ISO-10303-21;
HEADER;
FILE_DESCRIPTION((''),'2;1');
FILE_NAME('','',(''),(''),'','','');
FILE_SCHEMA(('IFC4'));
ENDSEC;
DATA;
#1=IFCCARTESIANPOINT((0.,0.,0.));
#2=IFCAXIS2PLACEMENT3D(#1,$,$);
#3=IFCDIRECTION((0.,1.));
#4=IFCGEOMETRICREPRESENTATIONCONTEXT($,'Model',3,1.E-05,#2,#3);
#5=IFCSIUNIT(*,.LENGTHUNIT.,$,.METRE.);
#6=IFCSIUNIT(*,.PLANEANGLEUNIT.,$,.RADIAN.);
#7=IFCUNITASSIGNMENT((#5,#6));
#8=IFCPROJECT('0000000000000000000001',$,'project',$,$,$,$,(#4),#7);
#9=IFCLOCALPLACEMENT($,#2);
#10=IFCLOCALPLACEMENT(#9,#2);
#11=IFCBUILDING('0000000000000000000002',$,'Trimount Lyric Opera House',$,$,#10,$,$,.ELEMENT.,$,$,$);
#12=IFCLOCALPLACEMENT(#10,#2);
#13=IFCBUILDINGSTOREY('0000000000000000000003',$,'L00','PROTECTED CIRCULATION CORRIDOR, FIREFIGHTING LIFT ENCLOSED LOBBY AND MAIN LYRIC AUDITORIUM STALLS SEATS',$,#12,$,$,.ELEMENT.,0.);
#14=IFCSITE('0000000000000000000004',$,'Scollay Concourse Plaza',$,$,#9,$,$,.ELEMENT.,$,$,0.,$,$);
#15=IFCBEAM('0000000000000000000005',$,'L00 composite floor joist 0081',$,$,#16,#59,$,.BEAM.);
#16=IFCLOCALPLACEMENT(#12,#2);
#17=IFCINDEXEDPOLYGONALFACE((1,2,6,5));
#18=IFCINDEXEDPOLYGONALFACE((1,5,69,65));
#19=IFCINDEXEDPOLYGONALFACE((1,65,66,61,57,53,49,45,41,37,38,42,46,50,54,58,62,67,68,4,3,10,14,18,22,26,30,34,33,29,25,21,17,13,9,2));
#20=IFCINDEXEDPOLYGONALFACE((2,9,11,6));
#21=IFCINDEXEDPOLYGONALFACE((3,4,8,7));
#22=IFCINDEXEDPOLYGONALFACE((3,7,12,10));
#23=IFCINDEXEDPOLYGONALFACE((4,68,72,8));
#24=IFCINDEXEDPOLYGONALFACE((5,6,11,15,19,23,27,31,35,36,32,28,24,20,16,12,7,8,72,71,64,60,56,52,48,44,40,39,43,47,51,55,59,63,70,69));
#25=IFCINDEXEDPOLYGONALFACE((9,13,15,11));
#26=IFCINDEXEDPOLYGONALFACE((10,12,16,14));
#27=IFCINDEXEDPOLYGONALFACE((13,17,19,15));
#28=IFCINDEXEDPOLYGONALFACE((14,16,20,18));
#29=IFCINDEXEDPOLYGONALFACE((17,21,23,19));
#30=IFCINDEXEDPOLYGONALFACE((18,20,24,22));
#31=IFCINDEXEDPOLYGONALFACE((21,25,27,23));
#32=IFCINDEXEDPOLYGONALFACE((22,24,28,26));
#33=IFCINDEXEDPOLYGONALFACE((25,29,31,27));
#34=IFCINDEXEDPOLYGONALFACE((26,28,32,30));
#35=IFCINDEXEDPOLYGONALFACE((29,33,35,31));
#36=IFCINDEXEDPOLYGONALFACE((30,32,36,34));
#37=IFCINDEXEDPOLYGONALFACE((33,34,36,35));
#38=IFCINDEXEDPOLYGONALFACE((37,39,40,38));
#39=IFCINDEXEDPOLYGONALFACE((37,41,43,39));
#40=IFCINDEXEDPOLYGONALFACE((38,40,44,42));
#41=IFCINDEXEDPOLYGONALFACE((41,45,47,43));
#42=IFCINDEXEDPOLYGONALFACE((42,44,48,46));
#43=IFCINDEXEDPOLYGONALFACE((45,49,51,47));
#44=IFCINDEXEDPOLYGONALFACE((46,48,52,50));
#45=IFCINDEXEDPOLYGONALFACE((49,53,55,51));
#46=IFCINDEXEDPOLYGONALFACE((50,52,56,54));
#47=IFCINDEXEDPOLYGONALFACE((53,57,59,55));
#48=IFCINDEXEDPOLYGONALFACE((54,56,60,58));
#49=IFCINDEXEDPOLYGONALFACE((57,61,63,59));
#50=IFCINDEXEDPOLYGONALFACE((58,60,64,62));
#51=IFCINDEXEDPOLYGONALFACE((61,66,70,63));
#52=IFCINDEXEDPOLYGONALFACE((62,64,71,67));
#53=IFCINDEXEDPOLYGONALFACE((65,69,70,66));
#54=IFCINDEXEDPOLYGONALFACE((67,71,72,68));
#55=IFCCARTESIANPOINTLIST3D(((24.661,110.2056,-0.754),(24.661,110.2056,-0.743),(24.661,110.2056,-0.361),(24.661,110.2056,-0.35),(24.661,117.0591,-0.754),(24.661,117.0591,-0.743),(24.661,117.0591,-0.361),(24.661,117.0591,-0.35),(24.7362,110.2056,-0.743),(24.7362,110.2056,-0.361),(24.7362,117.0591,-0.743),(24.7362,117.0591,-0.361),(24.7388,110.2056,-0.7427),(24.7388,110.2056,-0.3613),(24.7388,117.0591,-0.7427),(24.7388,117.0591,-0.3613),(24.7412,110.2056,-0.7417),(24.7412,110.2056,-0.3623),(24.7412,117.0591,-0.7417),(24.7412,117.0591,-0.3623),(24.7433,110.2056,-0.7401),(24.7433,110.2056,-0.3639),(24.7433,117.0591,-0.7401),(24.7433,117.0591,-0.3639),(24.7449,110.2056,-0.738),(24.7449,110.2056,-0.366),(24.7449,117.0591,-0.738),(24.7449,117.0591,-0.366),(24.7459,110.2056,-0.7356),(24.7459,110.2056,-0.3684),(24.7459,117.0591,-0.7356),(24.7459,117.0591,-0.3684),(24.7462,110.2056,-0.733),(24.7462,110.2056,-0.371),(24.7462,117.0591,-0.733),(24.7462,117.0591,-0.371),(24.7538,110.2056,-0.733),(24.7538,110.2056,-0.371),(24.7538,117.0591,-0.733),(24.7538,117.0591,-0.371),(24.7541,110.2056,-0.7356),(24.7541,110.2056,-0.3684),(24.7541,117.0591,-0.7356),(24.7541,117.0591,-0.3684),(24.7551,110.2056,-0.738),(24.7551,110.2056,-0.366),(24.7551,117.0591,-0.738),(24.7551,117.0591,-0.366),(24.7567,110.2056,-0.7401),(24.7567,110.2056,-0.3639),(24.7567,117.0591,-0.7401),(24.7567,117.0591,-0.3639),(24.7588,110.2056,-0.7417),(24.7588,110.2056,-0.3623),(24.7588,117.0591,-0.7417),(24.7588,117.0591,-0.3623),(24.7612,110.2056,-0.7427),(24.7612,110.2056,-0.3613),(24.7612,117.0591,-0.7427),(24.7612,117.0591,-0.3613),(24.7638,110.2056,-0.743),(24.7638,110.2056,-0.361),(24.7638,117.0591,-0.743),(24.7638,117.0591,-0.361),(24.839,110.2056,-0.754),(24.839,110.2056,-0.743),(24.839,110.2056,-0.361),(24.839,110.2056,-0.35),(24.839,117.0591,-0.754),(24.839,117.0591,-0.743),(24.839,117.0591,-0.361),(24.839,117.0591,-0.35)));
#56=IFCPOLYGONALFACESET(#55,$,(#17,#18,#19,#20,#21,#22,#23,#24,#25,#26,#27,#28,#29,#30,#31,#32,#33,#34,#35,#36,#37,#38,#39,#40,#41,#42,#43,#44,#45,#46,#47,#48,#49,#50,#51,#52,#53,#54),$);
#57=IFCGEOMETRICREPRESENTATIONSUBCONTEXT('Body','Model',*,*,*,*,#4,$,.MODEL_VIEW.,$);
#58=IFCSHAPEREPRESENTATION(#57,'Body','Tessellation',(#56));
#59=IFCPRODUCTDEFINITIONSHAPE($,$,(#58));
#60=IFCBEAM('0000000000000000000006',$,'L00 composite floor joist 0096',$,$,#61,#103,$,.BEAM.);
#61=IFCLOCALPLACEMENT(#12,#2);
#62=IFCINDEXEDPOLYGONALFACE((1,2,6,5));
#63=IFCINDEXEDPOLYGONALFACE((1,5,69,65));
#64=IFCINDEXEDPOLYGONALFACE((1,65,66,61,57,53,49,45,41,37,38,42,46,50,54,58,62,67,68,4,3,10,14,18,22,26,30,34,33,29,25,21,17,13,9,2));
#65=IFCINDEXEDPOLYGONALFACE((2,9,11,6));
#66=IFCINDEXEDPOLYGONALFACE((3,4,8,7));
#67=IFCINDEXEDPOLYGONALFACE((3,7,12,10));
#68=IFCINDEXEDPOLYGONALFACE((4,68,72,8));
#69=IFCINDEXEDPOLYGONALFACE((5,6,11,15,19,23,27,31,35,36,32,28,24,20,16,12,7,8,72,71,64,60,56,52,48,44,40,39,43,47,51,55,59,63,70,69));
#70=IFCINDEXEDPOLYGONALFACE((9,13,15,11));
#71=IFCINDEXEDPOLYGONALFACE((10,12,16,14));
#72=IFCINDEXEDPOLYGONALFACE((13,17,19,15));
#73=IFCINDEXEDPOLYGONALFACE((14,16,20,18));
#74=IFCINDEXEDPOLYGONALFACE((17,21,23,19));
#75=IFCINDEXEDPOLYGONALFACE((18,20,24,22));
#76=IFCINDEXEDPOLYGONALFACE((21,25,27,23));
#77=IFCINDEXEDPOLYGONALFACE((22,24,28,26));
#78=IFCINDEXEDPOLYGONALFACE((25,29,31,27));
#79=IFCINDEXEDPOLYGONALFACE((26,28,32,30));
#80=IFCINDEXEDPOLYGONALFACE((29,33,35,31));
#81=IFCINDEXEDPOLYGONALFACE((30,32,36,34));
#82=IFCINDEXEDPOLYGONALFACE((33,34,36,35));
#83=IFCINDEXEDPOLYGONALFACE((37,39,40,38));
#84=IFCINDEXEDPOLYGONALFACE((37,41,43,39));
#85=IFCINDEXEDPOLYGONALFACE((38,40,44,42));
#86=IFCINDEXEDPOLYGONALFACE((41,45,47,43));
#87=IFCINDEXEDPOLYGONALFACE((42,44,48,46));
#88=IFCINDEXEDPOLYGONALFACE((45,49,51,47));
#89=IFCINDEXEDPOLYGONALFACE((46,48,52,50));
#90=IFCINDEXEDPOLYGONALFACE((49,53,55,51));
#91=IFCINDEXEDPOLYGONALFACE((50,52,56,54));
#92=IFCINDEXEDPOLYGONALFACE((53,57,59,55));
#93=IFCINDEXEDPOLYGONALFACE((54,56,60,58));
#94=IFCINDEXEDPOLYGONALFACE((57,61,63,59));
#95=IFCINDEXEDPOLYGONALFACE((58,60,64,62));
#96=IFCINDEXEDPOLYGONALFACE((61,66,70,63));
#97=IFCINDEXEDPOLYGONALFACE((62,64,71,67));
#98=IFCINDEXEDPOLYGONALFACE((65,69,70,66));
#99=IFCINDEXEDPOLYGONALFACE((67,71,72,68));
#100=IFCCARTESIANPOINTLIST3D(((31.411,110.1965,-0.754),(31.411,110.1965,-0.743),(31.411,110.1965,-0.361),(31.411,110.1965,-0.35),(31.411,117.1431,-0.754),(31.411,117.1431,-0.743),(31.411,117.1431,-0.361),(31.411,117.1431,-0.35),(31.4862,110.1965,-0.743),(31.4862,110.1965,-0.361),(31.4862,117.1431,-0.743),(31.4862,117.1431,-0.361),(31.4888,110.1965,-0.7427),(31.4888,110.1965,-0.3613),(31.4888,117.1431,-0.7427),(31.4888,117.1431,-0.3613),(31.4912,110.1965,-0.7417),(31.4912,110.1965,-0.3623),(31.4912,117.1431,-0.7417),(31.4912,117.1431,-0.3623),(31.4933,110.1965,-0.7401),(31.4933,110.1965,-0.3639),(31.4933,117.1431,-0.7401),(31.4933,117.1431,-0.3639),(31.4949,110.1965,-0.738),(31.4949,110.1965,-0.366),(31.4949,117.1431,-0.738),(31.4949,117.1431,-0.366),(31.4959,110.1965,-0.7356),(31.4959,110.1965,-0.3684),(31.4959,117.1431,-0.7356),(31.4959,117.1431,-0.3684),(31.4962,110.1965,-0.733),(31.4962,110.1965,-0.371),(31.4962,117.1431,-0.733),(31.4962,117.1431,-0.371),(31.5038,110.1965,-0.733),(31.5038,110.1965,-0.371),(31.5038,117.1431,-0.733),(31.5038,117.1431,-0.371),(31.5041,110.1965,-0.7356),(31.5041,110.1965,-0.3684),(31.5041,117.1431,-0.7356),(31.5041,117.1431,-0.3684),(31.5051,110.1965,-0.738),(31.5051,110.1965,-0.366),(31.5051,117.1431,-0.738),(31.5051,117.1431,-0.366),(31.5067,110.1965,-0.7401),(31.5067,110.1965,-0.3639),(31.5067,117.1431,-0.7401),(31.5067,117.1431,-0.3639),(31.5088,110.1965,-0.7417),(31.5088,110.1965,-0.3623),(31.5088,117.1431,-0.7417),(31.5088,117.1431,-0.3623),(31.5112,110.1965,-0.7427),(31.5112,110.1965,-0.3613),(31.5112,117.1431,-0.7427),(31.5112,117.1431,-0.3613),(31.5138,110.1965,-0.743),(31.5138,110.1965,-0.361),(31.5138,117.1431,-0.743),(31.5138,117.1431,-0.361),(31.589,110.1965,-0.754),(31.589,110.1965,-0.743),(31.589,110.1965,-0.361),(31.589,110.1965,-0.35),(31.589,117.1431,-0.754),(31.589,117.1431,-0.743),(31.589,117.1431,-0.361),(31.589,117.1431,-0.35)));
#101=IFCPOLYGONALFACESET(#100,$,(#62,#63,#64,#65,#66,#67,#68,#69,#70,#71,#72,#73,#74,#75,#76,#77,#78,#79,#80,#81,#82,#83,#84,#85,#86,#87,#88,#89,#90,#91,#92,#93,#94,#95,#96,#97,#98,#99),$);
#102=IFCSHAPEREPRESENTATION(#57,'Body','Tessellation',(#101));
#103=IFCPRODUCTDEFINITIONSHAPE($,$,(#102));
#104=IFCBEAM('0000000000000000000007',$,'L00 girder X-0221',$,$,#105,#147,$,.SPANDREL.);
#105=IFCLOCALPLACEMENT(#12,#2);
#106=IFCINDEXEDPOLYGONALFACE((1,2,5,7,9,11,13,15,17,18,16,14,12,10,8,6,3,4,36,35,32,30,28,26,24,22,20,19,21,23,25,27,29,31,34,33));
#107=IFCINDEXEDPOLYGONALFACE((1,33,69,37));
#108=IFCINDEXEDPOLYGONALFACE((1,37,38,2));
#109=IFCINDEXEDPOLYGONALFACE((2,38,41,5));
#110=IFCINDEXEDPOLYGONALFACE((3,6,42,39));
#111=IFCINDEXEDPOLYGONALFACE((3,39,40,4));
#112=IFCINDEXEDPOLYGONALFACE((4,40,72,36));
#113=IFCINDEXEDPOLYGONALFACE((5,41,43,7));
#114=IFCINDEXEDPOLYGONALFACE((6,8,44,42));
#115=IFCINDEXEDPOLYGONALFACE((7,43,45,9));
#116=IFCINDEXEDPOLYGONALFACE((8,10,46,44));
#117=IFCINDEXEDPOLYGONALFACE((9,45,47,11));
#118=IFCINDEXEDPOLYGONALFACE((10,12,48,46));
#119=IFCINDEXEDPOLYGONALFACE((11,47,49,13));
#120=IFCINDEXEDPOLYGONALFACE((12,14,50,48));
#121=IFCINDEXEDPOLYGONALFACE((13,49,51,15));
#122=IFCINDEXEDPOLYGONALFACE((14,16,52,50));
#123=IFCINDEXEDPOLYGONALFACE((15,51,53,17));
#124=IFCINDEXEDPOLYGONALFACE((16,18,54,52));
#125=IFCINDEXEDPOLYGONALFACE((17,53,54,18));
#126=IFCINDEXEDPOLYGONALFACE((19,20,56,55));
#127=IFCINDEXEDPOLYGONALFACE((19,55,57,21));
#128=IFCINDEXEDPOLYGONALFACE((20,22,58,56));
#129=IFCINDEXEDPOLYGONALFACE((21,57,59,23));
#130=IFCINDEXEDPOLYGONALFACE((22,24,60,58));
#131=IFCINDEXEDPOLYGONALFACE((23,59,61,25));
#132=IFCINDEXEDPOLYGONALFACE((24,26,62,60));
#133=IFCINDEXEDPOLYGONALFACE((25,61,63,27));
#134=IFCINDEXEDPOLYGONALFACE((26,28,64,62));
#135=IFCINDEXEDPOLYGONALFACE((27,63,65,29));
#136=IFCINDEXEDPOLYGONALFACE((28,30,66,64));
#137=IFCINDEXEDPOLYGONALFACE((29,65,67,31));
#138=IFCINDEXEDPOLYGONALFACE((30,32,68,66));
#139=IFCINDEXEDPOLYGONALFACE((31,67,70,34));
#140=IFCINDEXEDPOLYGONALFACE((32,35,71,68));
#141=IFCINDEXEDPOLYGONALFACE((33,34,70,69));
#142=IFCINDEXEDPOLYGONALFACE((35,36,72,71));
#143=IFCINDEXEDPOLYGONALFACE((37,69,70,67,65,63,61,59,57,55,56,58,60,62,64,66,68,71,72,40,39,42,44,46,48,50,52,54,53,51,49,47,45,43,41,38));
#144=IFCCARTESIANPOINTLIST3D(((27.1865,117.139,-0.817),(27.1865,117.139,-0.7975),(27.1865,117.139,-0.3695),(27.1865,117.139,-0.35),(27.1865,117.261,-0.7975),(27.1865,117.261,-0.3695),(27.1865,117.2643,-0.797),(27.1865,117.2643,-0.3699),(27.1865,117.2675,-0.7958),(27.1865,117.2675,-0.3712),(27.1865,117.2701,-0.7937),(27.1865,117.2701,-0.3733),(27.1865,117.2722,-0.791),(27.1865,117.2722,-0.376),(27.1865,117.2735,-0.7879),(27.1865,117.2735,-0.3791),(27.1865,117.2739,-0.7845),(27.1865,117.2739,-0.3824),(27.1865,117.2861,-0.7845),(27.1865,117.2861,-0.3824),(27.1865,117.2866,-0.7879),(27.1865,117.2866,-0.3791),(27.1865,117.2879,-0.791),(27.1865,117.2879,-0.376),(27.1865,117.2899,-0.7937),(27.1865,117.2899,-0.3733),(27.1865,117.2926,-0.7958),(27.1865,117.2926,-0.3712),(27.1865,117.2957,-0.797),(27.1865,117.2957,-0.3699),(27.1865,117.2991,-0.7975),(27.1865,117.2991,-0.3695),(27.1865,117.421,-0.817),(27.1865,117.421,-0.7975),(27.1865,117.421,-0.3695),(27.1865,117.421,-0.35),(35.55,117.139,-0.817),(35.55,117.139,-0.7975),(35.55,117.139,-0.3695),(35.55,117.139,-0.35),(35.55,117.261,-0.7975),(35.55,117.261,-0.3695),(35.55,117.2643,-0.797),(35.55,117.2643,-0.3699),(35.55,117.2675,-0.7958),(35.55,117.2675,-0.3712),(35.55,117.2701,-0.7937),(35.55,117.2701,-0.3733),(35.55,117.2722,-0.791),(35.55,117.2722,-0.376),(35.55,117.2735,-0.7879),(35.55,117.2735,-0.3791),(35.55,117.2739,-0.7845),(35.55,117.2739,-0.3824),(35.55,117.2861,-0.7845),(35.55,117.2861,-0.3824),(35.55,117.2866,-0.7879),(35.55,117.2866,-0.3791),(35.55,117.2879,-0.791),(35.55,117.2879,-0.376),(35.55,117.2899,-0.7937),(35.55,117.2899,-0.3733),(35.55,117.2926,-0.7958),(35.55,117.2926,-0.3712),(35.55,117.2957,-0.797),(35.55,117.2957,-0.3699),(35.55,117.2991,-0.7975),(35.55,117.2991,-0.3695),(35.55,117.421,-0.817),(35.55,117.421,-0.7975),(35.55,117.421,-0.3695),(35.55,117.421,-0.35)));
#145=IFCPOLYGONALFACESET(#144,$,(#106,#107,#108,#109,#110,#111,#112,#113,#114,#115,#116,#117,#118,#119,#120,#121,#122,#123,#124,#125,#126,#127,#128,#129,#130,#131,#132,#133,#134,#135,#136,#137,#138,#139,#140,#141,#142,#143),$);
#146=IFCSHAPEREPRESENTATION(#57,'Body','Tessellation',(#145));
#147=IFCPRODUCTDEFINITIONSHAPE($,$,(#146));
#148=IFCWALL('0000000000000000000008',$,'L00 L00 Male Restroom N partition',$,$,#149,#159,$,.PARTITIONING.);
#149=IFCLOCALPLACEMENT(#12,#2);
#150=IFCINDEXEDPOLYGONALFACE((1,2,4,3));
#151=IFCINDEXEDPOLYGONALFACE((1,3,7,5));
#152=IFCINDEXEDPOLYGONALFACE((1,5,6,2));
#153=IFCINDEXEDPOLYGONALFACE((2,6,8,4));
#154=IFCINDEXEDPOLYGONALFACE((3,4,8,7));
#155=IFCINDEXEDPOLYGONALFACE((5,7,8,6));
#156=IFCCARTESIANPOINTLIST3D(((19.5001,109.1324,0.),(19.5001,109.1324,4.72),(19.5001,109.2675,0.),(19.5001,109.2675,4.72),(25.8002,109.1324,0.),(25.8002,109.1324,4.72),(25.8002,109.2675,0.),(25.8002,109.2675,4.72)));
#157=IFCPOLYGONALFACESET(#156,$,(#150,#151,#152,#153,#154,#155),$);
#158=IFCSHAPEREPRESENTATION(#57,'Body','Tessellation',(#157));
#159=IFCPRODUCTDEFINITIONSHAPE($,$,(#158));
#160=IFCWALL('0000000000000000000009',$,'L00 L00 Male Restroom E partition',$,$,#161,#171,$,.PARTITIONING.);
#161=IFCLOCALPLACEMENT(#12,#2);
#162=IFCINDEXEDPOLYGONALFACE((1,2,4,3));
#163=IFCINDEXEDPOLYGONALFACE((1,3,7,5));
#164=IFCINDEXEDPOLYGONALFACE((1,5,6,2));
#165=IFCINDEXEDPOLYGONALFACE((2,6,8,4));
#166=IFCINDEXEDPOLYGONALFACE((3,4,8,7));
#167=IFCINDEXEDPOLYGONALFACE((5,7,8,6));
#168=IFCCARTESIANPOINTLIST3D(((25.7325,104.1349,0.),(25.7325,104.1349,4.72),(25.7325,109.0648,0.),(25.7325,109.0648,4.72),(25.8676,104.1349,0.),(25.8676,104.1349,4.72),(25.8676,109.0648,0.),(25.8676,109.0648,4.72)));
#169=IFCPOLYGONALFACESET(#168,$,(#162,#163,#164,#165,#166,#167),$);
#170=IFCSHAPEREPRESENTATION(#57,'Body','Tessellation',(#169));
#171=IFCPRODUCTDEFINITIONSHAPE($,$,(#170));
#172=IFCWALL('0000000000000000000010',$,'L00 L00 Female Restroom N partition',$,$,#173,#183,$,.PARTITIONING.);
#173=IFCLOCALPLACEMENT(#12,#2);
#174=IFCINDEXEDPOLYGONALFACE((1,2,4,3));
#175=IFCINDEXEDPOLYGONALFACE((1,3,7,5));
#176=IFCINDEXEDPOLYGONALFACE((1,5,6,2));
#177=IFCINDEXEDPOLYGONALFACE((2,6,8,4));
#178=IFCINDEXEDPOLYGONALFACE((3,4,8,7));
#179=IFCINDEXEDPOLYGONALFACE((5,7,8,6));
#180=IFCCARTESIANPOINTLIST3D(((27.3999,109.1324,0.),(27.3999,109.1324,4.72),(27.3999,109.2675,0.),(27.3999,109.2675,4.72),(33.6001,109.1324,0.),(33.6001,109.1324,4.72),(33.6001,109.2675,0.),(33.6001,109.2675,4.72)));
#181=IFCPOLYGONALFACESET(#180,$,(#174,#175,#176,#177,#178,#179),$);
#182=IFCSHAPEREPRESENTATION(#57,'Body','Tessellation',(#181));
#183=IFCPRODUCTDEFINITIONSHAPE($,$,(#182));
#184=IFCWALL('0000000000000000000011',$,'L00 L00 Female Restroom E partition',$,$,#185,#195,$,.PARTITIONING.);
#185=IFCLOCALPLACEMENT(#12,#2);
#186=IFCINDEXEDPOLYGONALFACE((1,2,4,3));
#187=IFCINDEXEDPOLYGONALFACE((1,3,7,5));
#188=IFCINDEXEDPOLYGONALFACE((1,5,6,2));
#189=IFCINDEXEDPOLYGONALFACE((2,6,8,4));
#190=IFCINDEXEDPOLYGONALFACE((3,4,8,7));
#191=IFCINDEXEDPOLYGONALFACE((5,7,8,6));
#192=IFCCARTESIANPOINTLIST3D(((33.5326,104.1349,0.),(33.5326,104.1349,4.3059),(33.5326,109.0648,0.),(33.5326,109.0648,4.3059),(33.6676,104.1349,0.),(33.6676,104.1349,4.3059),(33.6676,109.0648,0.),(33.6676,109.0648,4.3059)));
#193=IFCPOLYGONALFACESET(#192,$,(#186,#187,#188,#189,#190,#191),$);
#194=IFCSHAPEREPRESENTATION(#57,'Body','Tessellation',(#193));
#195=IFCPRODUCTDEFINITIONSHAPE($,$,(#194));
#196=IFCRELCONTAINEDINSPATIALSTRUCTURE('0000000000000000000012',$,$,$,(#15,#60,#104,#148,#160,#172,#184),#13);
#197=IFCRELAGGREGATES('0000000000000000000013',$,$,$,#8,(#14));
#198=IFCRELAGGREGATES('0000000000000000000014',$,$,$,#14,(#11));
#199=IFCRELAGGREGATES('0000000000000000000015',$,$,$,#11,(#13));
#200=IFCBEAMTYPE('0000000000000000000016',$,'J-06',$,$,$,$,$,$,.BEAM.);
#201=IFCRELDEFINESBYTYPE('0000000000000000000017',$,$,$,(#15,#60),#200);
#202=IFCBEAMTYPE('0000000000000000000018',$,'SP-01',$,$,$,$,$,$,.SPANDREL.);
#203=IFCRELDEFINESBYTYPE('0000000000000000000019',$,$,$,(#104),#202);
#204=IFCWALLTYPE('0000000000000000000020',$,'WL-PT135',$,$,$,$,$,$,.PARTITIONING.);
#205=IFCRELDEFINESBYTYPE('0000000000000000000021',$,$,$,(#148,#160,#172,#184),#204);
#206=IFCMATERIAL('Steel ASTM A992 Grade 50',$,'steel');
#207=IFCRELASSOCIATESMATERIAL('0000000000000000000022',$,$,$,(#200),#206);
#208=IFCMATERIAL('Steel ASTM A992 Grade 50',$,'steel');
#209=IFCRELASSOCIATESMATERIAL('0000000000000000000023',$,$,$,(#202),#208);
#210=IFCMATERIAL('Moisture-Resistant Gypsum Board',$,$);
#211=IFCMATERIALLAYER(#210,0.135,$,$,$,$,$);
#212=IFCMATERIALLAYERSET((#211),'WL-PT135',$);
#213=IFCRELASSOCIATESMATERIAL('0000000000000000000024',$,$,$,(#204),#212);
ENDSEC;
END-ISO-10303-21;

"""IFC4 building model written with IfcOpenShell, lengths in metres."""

from ifc_helpers import new_model, si_unit, direction, frame, frame_2d, origin, origin_2d, place, context, subcontext, project, spatial, rectangle, i_section, extrude, material, layer, layer_set, material_profile, profile_set, type_object, element, save


model = new_model("IFC4")

# Units and contexts
model_context = context("Model", 3, precision=1e-05, world=origin(), true_north=direction((0.0, 1.0)))
body_context = subcontext(model_context, "Body", "Model", "MODEL_VIEW")
ifc_project = project(units=[si_unit("LENGTHUNIT", "METRE"), si_unit("PLANEANGLEUNIT", "RADIAN")], contexts=[model_context])

# Site, building, storey
site_placement = place(None, origin())
site = spatial("IfcSite", under=ifc_project, at=site_placement, Name="Scollay Concourse Plaza", CompositionType="ELEMENT", RefElevation=0.0)
building_placement = place(site_placement, origin())
building = spatial("IfcBuilding", under=site, at=building_placement, Name="Trimount Lyric Opera House", CompositionType="ELEMENT")
storey_placement = place(building_placement, origin())
storey = spatial("IfcBuildingStorey", under=building, at=storey_placement, Name="L00", Description="PROTECTED CIRCULATION CORRIDOR, FIREFIGHTING LIFT ENCLOSED LOBBY AND MAIN LYRIC AUDITORIUM STALLS SEATS", CompositionType="ELEMENT", Elevation=0.0)

# Beams
ifc_material_1 = material(Name="Steel ASTM A992 Grade 50", Category="steel")
ifc_material_profile_1 = material_profile(ifc_material_1, i_section(OverallWidth=0.178, OverallDepth=0.4041, WebThickness=0.0076, FlangeThickness=0.011, FilletRadius=0.01, at=origin_2d()), Name="W16X36")
ifc_profile_set_1 = profile_set([ifc_material_profile_1], Name="Steel ASTM A992 Grade 50")
beam_type_1 = type_object("IfcBeamType", Name="J-06", PredefinedType="BEAM", material=ifc_profile_set_1)
beam_1_placement = place(storey_placement, frame((24.75, 110.2056, -0.552), z_axis=(0.0, 1.0, 0.0), x_axis=(-1.0, 0.0, 0.0)))
element("IfcBeam", 1, at=beam_1_placement, inside=storey, type_object=beam_type_1, Name="L00 composite floor joist 0081", PredefinedType="BEAM", context=body_context, shape_type="SweptSolid", body=[
    extrude(i_section(OverallWidth=0.178, OverallDepth=0.4041, WebThickness=0.0076, FlangeThickness=0.011, FilletRadius=0.01, at=origin_2d()), origin(), (0.0, 0.0, 1.0), 6.8535),
])
beam_2_placement = place(storey_placement, frame((31.5, 110.1965, -0.552), z_axis=(0.0, 1.0, 0.0), x_axis=(-1.0, 0.0, 0.0)))
element("IfcBeam", 2, at=beam_2_placement, inside=storey, type_object=beam_type_1, Name="L00 composite floor joist 0096", PredefinedType="BEAM", context=body_context, shape_type="SweptSolid", body=[
    extrude(i_section(OverallWidth=0.178, OverallDepth=0.4041, WebThickness=0.0076, FlangeThickness=0.011, FilletRadius=0.01, at=origin_2d()), origin(), (0.0, 0.0, 1.0), 6.9465),
])
ifc_material_2 = material(Name="Steel ASTM A992 Grade 50", Category="steel")
ifc_material_profile_2 = material_profile(ifc_material_2, i_section(OverallWidth=0.282, OverallDepth=0.467, WebThickness=0.0122, FlangeThickness=0.0195, FilletRadius=0.0129, at=origin_2d()), Name="W18X86")
ifc_profile_set_2 = profile_set([ifc_material_profile_2], Name="Steel ASTM A992 Grade 50")
beam_type_2 = type_object("IfcBeamType", Name="SP-01", PredefinedType="SPANDREL", material=ifc_profile_set_2)
beam_3_placement = place(storey_placement, frame((27.1865, 117.28, -0.5835), z_axis=(1.0, 0.0, 0.0), x_axis=(0.0, 1.0, 0.0)))
element("IfcBeam", 3, at=beam_3_placement, inside=storey, type_object=beam_type_2, Name="L00 girder X-0221", PredefinedType="SPANDREL", context=body_context, shape_type="SweptSolid", body=[
    extrude(i_section(OverallWidth=0.282, OverallDepth=0.467, WebThickness=0.0122, FlangeThickness=0.0195, FilletRadius=0.0129, at=origin_2d()), origin(), (0.0, 0.0, 1.0), 8.3635),
])

# Walls
ifc_material_3 = material(Name="Moisture-Resistant Gypsum Board")
ifc_layer_1 = layer(ifc_material_3, 0.135)
ifc_layer_set_1 = layer_set([ifc_layer_1], Name="WL-PT135")
wall_type_1 = type_object("IfcWallType", Name="WL-PT135", PredefinedType="PARTITIONING", material=ifc_layer_set_1)
wall_1_placement = place(storey_placement, frame((25.8, 109.2, 0.0), z_axis=(0.0, 0.0, 1.0), x_axis=(-1.0, 0.0, 0.0)))
element("IfcWall", 4, at=wall_1_placement, inside=storey, type_object=wall_type_1, Name="L00 L00 Male Restroom N partition", PredefinedType="PARTITIONING", context=body_context, shape_type="SweptSolid", body=[
    extrude(rectangle(XDim=6.3, YDim=0.135, at=frame_2d((3.1499, 0.0))), origin(), (0.0, 0.0, 1.0), 4.72),
])
wall_2_placement = place(storey_placement, frame((25.8, 104.135, 0.0), z_axis=(0.0, 0.0, 1.0), x_axis=(0.0, 1.0, 0.0)))
element("IfcWall", 5, at=wall_2_placement, inside=storey, type_object=wall_type_1, Name="L00 L00 Male Restroom E partition", PredefinedType="PARTITIONING", context=body_context, shape_type="SweptSolid", body=[
    extrude(rectangle(XDim=4.9299, YDim=0.135, at=frame_2d((2.4648, 0.0))), origin(), (0.0, 0.0, 1.0), 4.72),
])
wall_3_placement = place(storey_placement, frame((33.6001, 109.2, 0.0), z_axis=(0.0, 0.0, 1.0), x_axis=(-1.0, 0.0, 0.0)))
element("IfcWall", 6, at=wall_3_placement, inside=storey, type_object=wall_type_1, Name="L00 L00 Female Restroom N partition", PredefinedType="PARTITIONING", context=body_context, shape_type="SweptSolid", body=[
    extrude(rectangle(XDim=6.2002, YDim=0.135, at=frame_2d((3.1001, 0.0))), origin(), (0.0, 0.0, 1.0), 4.72),
])
wall_4_placement = place(storey_placement, frame((33.6001, 104.135, 0.0), z_axis=(0.0, 0.0, 1.0), x_axis=(0.0, 1.0, 0.0)))
element("IfcWall", 7, at=wall_4_placement, inside=storey, type_object=wall_type_1, Name="L00 L00 Female Restroom E partition", PredefinedType="PARTITIONING", context=body_context, shape_type="SweptSolid", body=[
    extrude(rectangle(XDim=4.9299, YDim=0.135, at=frame_2d((2.4648, 0.0))), origin(), (0.0, 0.0, 1.0), 4.3059),
])

save(model, "model.ifc")
